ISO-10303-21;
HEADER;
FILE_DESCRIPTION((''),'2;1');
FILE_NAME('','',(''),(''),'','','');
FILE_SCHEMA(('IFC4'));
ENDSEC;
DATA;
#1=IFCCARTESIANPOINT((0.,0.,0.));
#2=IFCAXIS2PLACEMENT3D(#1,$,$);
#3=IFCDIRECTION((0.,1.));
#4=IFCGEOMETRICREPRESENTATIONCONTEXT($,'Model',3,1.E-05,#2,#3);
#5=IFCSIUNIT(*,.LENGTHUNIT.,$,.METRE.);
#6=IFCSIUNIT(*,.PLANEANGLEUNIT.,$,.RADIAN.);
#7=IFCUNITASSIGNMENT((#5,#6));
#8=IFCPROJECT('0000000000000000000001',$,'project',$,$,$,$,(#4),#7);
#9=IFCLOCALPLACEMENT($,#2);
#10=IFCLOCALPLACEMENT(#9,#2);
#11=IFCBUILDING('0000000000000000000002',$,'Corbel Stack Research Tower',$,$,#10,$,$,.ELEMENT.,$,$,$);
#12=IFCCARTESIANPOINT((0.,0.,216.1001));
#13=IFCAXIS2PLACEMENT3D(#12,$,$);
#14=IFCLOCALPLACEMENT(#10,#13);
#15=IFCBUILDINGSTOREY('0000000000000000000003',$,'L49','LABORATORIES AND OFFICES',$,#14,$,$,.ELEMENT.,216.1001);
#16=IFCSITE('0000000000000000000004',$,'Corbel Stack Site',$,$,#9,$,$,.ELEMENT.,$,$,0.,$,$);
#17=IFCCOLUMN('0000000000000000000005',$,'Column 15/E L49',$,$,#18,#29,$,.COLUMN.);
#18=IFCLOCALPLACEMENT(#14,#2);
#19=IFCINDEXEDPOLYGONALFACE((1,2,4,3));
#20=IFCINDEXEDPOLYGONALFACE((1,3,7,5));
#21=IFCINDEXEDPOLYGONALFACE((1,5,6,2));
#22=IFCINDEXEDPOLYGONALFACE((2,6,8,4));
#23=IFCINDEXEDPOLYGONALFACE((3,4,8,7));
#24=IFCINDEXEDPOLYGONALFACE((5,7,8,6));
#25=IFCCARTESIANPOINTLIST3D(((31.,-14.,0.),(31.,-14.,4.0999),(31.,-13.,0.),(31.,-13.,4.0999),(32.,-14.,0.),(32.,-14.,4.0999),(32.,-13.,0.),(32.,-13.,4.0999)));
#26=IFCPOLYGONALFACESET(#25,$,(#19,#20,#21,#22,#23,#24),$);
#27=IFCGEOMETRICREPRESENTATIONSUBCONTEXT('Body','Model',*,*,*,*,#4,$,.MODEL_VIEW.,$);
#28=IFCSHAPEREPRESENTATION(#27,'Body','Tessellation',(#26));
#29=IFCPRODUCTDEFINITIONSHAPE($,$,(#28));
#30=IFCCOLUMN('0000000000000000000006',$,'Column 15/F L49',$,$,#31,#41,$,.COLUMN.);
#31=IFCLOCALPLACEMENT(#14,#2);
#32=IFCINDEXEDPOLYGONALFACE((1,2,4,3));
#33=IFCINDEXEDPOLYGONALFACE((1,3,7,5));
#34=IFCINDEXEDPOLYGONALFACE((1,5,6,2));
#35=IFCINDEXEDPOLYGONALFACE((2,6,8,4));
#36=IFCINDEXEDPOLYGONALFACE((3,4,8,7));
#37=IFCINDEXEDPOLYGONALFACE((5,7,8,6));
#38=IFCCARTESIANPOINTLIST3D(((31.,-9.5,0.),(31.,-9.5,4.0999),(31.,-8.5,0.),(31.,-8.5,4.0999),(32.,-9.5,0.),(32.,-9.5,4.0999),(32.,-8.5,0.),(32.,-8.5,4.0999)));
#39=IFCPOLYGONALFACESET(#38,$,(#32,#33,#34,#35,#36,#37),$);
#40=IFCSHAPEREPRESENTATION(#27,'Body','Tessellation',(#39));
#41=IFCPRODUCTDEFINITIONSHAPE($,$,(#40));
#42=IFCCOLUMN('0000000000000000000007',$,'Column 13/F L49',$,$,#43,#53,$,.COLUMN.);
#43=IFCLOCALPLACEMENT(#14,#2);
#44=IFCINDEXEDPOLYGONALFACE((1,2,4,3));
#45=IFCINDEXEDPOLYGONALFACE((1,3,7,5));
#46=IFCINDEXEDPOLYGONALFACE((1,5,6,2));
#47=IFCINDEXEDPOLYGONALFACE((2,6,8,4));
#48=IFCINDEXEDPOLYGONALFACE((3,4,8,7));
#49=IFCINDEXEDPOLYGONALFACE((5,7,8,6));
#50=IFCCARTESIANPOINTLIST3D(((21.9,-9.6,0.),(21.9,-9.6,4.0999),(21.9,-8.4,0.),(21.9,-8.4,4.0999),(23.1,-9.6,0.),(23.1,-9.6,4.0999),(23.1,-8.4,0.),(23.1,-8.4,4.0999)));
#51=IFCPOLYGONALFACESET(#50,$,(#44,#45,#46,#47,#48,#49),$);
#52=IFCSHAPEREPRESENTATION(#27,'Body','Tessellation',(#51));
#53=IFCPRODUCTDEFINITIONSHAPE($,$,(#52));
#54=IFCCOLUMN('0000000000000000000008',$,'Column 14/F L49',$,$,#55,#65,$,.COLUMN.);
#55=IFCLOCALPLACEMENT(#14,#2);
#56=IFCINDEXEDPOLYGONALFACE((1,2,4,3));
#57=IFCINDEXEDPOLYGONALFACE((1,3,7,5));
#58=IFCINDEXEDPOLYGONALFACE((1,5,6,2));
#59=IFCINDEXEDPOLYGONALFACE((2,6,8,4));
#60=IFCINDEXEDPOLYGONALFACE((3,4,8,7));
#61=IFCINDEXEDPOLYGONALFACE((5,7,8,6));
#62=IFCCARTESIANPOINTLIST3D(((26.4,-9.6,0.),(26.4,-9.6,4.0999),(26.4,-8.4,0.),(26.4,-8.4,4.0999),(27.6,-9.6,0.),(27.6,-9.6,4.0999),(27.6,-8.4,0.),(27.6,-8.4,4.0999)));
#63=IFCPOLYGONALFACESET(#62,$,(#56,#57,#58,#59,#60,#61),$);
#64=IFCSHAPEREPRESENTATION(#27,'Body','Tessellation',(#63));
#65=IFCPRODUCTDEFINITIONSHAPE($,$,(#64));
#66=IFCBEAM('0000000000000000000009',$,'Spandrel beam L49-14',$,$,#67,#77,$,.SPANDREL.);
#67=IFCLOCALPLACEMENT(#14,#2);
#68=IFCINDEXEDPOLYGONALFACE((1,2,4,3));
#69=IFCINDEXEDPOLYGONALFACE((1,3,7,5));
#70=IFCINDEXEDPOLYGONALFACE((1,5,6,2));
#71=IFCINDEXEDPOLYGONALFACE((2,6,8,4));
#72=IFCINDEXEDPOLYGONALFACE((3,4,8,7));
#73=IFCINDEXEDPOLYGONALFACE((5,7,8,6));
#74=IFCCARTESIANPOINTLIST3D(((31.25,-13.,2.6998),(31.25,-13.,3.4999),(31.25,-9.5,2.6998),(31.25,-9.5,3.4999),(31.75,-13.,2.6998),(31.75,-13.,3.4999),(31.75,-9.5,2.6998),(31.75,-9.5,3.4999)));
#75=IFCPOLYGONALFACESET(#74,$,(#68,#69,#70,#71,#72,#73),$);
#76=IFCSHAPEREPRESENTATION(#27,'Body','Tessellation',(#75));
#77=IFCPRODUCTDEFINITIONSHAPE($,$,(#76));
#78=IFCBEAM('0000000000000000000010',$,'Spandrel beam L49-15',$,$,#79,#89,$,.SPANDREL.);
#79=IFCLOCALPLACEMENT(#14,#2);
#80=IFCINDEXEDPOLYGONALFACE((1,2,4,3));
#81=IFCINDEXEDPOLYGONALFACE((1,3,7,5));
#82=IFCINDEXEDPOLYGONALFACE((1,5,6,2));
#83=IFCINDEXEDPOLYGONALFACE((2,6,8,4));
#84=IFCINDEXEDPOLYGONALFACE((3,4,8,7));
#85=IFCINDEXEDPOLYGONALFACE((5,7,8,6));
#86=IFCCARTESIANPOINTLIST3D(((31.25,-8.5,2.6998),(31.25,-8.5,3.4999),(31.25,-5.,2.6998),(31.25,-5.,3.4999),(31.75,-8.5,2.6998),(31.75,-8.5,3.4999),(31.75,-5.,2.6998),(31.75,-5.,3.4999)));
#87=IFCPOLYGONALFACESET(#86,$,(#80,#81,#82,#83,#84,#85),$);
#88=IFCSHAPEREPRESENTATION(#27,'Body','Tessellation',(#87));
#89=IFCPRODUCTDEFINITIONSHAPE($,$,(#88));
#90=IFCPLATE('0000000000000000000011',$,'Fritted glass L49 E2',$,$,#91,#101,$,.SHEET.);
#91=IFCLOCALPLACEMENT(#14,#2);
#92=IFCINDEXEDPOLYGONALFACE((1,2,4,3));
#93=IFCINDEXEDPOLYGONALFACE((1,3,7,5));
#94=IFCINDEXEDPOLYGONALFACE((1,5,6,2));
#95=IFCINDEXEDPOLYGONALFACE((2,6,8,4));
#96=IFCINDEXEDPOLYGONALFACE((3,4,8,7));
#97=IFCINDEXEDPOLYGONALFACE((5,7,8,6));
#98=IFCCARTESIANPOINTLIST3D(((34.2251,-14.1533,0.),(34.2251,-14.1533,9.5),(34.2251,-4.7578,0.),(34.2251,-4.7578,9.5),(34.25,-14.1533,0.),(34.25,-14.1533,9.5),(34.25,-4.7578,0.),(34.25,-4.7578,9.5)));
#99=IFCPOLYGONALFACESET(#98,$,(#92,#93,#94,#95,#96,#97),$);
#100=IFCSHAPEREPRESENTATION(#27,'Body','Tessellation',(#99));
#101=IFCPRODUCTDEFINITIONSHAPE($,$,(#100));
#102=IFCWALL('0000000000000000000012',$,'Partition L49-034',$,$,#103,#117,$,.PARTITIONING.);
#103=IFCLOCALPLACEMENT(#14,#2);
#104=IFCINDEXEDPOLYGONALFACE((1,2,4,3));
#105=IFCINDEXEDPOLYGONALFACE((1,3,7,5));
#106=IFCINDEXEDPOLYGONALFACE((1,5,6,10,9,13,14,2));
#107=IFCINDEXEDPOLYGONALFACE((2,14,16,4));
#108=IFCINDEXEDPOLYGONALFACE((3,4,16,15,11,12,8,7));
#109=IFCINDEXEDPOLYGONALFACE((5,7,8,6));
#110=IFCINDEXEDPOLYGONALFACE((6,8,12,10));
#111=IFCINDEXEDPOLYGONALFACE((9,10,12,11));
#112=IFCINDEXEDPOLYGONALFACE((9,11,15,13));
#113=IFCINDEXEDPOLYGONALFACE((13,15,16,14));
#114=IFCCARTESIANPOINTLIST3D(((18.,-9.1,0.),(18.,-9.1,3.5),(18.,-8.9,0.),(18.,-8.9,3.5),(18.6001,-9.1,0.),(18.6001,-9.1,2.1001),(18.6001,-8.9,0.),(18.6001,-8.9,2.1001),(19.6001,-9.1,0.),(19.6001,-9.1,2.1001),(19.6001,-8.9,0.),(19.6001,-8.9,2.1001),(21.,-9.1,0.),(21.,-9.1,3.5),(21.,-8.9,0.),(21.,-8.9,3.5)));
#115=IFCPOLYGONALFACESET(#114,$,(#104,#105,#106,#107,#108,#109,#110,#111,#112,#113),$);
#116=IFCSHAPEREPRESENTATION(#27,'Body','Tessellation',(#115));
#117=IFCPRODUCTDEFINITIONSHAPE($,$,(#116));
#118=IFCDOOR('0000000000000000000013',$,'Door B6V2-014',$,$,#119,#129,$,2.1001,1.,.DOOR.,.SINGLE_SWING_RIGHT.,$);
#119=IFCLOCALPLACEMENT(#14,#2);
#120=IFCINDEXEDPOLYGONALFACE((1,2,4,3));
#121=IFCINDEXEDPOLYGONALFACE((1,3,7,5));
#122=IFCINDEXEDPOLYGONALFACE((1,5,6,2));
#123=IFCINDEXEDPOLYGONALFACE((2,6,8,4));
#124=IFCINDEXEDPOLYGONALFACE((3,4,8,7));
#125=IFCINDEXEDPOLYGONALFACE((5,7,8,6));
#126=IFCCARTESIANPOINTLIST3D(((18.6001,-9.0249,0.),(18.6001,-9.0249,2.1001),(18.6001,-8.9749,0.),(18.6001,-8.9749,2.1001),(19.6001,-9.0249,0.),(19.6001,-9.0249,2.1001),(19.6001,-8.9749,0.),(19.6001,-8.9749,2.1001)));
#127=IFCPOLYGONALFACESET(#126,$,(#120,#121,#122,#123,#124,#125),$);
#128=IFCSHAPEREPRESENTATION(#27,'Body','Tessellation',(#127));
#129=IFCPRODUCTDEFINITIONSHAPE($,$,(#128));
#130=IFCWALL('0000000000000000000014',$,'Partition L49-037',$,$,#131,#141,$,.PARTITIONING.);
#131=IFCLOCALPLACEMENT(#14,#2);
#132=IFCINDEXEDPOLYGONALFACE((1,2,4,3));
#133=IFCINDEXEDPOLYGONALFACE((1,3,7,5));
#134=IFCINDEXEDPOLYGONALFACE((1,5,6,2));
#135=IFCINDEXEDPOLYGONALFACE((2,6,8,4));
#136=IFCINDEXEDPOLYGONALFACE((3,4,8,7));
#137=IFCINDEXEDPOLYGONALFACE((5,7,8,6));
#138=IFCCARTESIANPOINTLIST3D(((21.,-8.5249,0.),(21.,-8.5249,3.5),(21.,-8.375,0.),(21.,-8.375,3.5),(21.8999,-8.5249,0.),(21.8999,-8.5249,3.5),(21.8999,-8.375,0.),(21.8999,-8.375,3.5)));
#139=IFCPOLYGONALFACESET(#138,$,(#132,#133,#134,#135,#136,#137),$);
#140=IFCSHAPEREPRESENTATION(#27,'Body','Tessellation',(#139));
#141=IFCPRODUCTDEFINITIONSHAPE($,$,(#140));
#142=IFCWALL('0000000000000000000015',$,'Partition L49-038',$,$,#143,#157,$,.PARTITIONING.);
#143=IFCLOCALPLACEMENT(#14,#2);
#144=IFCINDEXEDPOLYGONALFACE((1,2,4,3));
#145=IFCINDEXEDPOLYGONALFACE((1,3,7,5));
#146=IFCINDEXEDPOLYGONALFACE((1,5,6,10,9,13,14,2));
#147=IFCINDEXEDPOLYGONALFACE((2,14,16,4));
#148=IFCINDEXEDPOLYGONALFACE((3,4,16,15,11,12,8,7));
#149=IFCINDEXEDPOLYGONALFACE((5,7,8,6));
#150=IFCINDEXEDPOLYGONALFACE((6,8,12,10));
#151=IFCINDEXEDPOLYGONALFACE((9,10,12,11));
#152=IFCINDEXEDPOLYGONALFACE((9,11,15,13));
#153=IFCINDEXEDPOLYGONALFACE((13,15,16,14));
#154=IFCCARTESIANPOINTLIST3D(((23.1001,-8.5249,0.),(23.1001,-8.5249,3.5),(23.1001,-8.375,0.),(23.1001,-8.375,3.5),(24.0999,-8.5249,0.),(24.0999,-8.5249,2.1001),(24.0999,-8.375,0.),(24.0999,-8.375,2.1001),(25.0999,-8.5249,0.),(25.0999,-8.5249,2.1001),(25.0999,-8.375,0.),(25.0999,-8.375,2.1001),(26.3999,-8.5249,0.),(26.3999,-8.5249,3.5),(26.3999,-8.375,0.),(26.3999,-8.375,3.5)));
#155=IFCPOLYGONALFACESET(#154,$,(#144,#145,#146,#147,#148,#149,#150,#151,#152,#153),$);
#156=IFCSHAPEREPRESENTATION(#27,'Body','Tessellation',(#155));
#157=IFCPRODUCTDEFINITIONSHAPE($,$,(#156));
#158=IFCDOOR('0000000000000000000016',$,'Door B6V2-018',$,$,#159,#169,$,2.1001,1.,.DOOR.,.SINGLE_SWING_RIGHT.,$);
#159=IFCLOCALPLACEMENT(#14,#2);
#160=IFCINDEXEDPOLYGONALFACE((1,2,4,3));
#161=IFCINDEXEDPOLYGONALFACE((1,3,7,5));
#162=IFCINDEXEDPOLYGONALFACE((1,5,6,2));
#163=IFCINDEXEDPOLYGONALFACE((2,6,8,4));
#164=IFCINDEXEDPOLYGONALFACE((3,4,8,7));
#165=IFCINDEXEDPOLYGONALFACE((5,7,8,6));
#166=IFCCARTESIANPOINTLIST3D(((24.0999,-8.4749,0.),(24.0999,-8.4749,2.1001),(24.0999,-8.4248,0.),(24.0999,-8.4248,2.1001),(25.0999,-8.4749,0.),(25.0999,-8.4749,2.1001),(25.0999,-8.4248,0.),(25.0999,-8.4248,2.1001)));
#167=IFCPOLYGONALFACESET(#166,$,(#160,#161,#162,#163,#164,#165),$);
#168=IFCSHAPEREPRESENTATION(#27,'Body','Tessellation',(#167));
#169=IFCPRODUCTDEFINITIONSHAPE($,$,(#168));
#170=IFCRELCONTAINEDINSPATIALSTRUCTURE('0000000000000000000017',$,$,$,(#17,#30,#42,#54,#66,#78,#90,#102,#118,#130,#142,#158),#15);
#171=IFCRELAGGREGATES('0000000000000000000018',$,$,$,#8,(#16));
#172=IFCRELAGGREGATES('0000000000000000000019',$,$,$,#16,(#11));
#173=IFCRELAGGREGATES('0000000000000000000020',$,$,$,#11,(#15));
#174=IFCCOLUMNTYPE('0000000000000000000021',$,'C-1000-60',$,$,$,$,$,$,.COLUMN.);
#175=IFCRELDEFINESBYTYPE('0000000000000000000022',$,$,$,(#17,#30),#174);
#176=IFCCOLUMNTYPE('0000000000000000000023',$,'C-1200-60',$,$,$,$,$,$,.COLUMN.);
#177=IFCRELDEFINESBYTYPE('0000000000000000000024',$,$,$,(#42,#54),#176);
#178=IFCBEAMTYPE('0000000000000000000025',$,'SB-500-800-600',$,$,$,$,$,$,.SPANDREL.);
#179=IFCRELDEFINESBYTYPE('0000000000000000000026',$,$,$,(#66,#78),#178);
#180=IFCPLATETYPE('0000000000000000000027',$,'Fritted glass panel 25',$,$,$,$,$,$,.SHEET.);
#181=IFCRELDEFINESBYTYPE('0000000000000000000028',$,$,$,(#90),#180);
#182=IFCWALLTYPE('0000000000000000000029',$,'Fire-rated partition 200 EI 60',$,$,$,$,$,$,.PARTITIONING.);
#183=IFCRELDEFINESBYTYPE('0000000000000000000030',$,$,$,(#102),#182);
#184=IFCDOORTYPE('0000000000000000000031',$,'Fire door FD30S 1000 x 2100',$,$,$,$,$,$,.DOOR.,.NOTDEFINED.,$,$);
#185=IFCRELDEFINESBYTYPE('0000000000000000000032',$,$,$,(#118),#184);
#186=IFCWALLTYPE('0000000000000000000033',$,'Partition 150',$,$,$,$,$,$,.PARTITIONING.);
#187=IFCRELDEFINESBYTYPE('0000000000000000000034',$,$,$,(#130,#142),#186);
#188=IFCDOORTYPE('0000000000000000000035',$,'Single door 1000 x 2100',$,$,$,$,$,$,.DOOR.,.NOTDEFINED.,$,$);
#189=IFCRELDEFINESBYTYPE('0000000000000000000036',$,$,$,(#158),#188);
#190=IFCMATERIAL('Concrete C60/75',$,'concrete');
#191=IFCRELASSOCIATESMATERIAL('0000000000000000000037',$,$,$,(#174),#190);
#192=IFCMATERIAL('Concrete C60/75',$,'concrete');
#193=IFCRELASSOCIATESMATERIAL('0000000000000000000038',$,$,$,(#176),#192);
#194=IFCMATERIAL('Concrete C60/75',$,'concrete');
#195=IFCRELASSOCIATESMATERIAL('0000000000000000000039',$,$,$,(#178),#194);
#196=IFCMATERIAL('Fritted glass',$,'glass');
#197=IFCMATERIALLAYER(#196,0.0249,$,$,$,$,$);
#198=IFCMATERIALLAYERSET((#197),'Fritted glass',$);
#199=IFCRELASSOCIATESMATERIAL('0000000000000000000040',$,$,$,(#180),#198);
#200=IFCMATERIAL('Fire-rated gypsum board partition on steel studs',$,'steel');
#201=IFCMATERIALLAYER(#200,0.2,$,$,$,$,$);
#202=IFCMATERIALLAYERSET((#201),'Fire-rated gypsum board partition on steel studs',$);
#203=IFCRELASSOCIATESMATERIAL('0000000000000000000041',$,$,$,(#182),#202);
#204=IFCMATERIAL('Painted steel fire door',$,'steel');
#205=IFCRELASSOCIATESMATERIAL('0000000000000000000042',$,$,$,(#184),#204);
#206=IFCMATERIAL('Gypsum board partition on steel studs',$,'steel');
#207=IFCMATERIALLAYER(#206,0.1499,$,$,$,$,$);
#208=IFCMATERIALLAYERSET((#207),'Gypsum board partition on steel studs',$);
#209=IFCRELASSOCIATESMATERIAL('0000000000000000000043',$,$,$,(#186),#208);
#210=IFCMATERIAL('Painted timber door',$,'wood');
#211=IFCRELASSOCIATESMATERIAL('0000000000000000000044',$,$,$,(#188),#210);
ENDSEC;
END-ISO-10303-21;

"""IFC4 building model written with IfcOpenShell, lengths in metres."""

from ifc_helpers import new_model, si_unit, direction, frame, frame_2d, origin, origin_2d, place, context, subcontext, project, spatial, rectangle, extrude, material, layer, layer_set, material_profile, profile_set, type_object, element, fill, save


model = new_model("IFC4")

# Units and contexts
model_context = context("Model", 3, precision=1e-05, world=origin(), true_north=direction((0.0, 1.0)))
body_context = subcontext(model_context, "Body", "Model", "MODEL_VIEW")
ifc_project = project(units=[si_unit("LENGTHUNIT", "METRE"), si_unit("PLANEANGLEUNIT", "RADIAN")], contexts=[model_context])

# Site, building, storey
site_placement = place(None, origin())
site = spatial("IfcSite", under=ifc_project, at=site_placement, Name="Corbel Stack Site", CompositionType="ELEMENT", RefElevation=0.0)
building_placement = place(site_placement, origin())
building = spatial("IfcBuilding", under=site, at=building_placement, Name="Corbel Stack Research Tower", CompositionType="ELEMENT")
storey_placement = place(building_placement, frame((0.0, 0.0, 216.1001)))
storey = spatial("IfcBuildingStorey", under=building, at=storey_placement, Name="L49", Description="LABORATORIES AND OFFICES", CompositionType="ELEMENT", Elevation=216.1001)

# Columns
ifc_material_1 = material(Name="Concrete C60/75", Category="concrete")
ifc_material_profile_1 = material_profile(ifc_material_1, rectangle(XDim=1.0, YDim=1.0, at=origin_2d()), Name="RC 1000 x 1000")
ifc_profile_set_1 = profile_set([ifc_material_profile_1], Name="Concrete C60/75")
column_type_1 = type_object("IfcColumnType", Name="C-1000-60", PredefinedType="COLUMN", material=ifc_profile_set_1)
for number, where, z_axis, x_axis, name in (
    (1, (31.5, -13.5, 0.0), (0.0, 0.0, 1.0), (1.0, 0.0, 0.0), "Column 15/E L49"),
    (2, (31.5, -9.0, 0.0), (0.0, 0.0, 1.0), (1.0, 0.0, 0.0), "Column 15/F L49"),
):
    element("IfcColumn", number, at=place(storey_placement, frame(where, z_axis=z_axis, x_axis=x_axis)), inside=storey, type_object=column_type_1, Name=name, PredefinedType="COLUMN", context=body_context, shape_type="SweptSolid", body=[
        extrude(rectangle(XDim=1.0, YDim=1.0, at=origin_2d()), origin(), (0.0, 0.0, 1.0), 4.0999),
    ])
ifc_material_2 = material(Name="Concrete C60/75", Category="concrete")
ifc_material_profile_2 = material_profile(ifc_material_2, rectangle(XDim=1.2, YDim=1.2, at=origin_2d()), Name="RC 1200 x 1200")
ifc_profile_set_2 = profile_set([ifc_material_profile_2], Name="Concrete C60/75")
column_type_2 = type_object("IfcColumnType", Name="C-1200-60", PredefinedType="COLUMN", material=ifc_profile_set_2)
for number, where, z_axis, x_axis, name in (
    (3, (22.5, -9.0, 0.0), (0.0, 0.0, 1.0), (1.0, 0.0, 0.0), "Column 13/F L49"),
    (4, (27.0, -9.0, 0.0), (0.0, 0.0, 1.0), (1.0, 0.0, 0.0), "Column 14/F L49"),
):
    element("IfcColumn", number, at=place(storey_placement, frame(where, z_axis=z_axis, x_axis=x_axis)), inside=storey, type_object=column_type_2, Name=name, PredefinedType="COLUMN", context=body_context, shape_type="SweptSolid", body=[
        extrude(rectangle(XDim=1.2, YDim=1.2, at=origin_2d()), origin(), (0.0, 0.0, 1.0), 4.0999),
    ])

# Beams
ifc_material_3 = material(Name="Concrete C60/75", Category="concrete")
ifc_material_profile_3 = material_profile(ifc_material_3, rectangle(XDim=0.5, YDim=0.8, at=origin_2d()), Name="RC 500 x 800")
ifc_profile_set_3 = profile_set([ifc_material_profile_3], Name="Concrete C60/75")
beam_type = type_object("IfcBeamType", Name="SB-500-800-600", PredefinedType="SPANDREL", material=ifc_profile_set_3)
for number, where, z_axis, x_axis, name in (
    (5, (31.5, -13.0, 3.0999), (0.0, 1.0, 0.0), (-1.0, 0.0, 0.0), "Spandrel beam L49-14"),
    (6, (31.5, -8.5, 3.0999), (0.0, 1.0, 0.0), (-1.0, 0.0, 0.0), "Spandrel beam L49-15"),
):
    element("IfcBeam", number, at=place(storey_placement, frame(where, z_axis=z_axis, x_axis=x_axis)), inside=storey, type_object=beam_type, Name=name, PredefinedType="SPANDREL", context=body_context, shape_type="SweptSolid", body=[
        extrude(rectangle(XDim=0.5, YDim=0.8, at=origin_2d()), origin(), (0.0, 0.0, 1.0), 3.5),
    ])

# Plate
ifc_material_4 = material(Name="Fritted glass", Category="glass")
ifc_layer_1 = layer(ifc_material_4, 0.0249)
ifc_layer_set_1 = layer_set([ifc_layer_1], Name="Fritted glass")
plate_type = type_object("IfcPlateType", Name="Fritted glass panel 25", PredefinedType="SHEET", material=ifc_layer_set_1)
plate_placement = place(storey_placement, frame((34.2375, -9.4556, 0.0), z_axis=(0.0, 0.0, 1.0), x_axis=(0.0, 1.0, 0.0)))
element("IfcPlate", 7, at=plate_placement, inside=storey, type_object=plate_type, Name="Fritted glass L49 E2", PredefinedType="SHEET", context=body_context, shape_type="SweptSolid", body=[
    extrude(rectangle(XDim=9.3955, YDim=0.0249, at=origin_2d()), origin(), (0.0, 0.0, 1.0), 9.5),
])

# Wall, opening, door
ifc_material_5 = material(Name="Fire-rated gypsum board partition on steel studs", Category="steel")
ifc_layer_2 = layer(ifc_material_5, 0.2)
ifc_layer_set_2 = layer_set([ifc_layer_2], Name="Fire-rated gypsum board partition on steel studs")
wall_type_1 = type_object("IfcWallType", Name="Fire-rated partition 200 EI 60", PredefinedType="PARTITIONING", material=ifc_layer_set_2)
wall_1_placement = place(storey_placement, frame((21.0, -9.0, 0.0), z_axis=(0.0, 0.0, 1.0), x_axis=(-1.0, 0.0, 0.0)))
wall_1 = element("IfcWall", 8, at=wall_1_placement, inside=storey, type_object=wall_type_1, Name="Partition L49-034", PredefinedType="PARTITIONING", context=body_context, shape_type="SweptSolid", body=[
    extrude(rectangle(XDim=3.0, YDim=0.2, at=frame_2d((1.5, 0.0))), origin(), (0.0, 0.0, 1.0), 3.5),
])
opening_1_placement = place(wall_1_placement, frame((1.3999, 0.0, 0.0)))
opening_1 = element("IfcOpeningElement", 9, at=opening_1_placement, cuts=wall_1, PredefinedType="OPENING", context=body_context, shape_type="SweptSolid", body=[
    extrude(rectangle(XDim=1.0, YDim=2.1001, at=frame_2d((0.5, 1.05))), frame((0.0, 0.1099, 0.0), z_axis=(0.0, -1.0, 0.0), x_axis=(1.0, 0.0, 0.0)), (0.0, 0.0, 1.0), 0.22),
])
ifc_material_6 = material(Name="Painted steel fire door", Category="steel")
door_type_1 = type_object("IfcDoorType", Name="Fire door FD30S 1000 x 2100", OperationType="NOTDEFINED", PredefinedType="DOOR", material=ifc_material_6)
door_1_placement = place(opening_1_placement, origin())
door_1 = element("IfcDoor", 10, at=door_1_placement, inside=storey, type_object=door_type_1, Name="Door B6V2-014", OperationType="SINGLE_SWING_RIGHT", OverallHeight=2.1001, OverallWidth=1.0, PredefinedType="DOOR", context=body_context, shape_type="SweptSolid", body=[
    extrude(rectangle(XDim=1.0, YDim=2.1001, at=frame_2d((0.5, 1.05))), frame((0.0, 0.0249, 0.0), z_axis=(0.0, -1.0, 0.0), x_axis=(1.0, 0.0, 0.0)), (0.0, 0.0, 1.0), 0.05),
])
fill(opening_1, door_1)

# Wall
ifc_material_7 = material(Name="Gypsum board partition on steel studs", Category="steel")
ifc_layer_3 = layer(ifc_material_7, 0.1499)
ifc_layer_set_3 = layer_set([ifc_layer_3], Name="Gypsum board partition on steel studs")
wall_type_2 = type_object("IfcWallType", Name="Partition 150", PredefinedType="PARTITIONING", material=ifc_layer_set_3)
wall_2_placement = place(storey_placement, frame((21.0, -8.45, 0.0), z_axis=(0.0, 0.0, 1.0), x_axis=(1.0, 0.0, 0.0)))
element("IfcWall", 11, at=wall_2_placement, inside=storey, type_object=wall_type_2, Name="Partition L49-037", PredefinedType="PARTITIONING", context=body_context, shape_type="SweptSolid", body=[
    extrude(rectangle(XDim=0.8999, YDim=0.1499, at=frame_2d((0.45, 0.0))), origin(), (0.0, 0.0, 1.0), 3.5),
])

# Wall, opening, door
wall_3_placement = place(storey_placement, frame((26.3999, -8.45, 0.0), z_axis=(0.0, 0.0, 1.0), x_axis=(-1.0, 0.0, 0.0)))
wall_3 = element("IfcWall", 12, at=wall_3_placement, inside=storey, type_object=wall_type_2, Name="Partition L49-038", PredefinedType="PARTITIONING", context=body_context, shape_type="SweptSolid", body=[
    extrude(rectangle(XDim=3.2998, YDim=0.1499, at=frame_2d((1.6499, 0.0))), origin(), (0.0, 0.0, 1.0), 3.5),
])
opening_2_placement = place(wall_3_placement, frame((1.3, 0.0, 0.0)))
opening_2 = element("IfcOpeningElement", 13, at=opening_2_placement, cuts=wall_3, PredefinedType="OPENING", context=body_context, shape_type="SweptSolid", body=[
    extrude(rectangle(XDim=1.0, YDim=2.1001, at=frame_2d((0.5, 1.05))), frame((0.0, 0.085, 0.0), z_axis=(0.0, -1.0, 0.0), x_axis=(1.0, 0.0, 0.0)), (0.0, 0.0, 1.0), 0.1699),
])
ifc_material_8 = material(Name="Painted timber door", Category="wood")
door_type_2 = type_object("IfcDoorType", Name="Single door 1000 x 2100", OperationType="NOTDEFINED", PredefinedType="DOOR", material=ifc_material_8)
door_2_placement = place(opening_2_placement, origin())
door_2 = element("IfcDoor", 14, at=door_2_placement, inside=storey, type_object=door_type_2, Name="Door B6V2-018", OperationType="SINGLE_SWING_RIGHT", OverallHeight=2.1001, OverallWidth=1.0, PredefinedType="DOOR", context=body_context, shape_type="SweptSolid", body=[
    extrude(rectangle(XDim=1.0, YDim=2.1001, at=frame_2d((0.5, 1.05))), frame((0.0, 0.0249, 0.0), z_axis=(0.0, -1.0, 0.0), x_axis=(1.0, 0.0, 0.0)), (0.0, 0.0, 1.0), 0.05),
])
fill(opening_2, door_2)

save(model, "model.ifc")
